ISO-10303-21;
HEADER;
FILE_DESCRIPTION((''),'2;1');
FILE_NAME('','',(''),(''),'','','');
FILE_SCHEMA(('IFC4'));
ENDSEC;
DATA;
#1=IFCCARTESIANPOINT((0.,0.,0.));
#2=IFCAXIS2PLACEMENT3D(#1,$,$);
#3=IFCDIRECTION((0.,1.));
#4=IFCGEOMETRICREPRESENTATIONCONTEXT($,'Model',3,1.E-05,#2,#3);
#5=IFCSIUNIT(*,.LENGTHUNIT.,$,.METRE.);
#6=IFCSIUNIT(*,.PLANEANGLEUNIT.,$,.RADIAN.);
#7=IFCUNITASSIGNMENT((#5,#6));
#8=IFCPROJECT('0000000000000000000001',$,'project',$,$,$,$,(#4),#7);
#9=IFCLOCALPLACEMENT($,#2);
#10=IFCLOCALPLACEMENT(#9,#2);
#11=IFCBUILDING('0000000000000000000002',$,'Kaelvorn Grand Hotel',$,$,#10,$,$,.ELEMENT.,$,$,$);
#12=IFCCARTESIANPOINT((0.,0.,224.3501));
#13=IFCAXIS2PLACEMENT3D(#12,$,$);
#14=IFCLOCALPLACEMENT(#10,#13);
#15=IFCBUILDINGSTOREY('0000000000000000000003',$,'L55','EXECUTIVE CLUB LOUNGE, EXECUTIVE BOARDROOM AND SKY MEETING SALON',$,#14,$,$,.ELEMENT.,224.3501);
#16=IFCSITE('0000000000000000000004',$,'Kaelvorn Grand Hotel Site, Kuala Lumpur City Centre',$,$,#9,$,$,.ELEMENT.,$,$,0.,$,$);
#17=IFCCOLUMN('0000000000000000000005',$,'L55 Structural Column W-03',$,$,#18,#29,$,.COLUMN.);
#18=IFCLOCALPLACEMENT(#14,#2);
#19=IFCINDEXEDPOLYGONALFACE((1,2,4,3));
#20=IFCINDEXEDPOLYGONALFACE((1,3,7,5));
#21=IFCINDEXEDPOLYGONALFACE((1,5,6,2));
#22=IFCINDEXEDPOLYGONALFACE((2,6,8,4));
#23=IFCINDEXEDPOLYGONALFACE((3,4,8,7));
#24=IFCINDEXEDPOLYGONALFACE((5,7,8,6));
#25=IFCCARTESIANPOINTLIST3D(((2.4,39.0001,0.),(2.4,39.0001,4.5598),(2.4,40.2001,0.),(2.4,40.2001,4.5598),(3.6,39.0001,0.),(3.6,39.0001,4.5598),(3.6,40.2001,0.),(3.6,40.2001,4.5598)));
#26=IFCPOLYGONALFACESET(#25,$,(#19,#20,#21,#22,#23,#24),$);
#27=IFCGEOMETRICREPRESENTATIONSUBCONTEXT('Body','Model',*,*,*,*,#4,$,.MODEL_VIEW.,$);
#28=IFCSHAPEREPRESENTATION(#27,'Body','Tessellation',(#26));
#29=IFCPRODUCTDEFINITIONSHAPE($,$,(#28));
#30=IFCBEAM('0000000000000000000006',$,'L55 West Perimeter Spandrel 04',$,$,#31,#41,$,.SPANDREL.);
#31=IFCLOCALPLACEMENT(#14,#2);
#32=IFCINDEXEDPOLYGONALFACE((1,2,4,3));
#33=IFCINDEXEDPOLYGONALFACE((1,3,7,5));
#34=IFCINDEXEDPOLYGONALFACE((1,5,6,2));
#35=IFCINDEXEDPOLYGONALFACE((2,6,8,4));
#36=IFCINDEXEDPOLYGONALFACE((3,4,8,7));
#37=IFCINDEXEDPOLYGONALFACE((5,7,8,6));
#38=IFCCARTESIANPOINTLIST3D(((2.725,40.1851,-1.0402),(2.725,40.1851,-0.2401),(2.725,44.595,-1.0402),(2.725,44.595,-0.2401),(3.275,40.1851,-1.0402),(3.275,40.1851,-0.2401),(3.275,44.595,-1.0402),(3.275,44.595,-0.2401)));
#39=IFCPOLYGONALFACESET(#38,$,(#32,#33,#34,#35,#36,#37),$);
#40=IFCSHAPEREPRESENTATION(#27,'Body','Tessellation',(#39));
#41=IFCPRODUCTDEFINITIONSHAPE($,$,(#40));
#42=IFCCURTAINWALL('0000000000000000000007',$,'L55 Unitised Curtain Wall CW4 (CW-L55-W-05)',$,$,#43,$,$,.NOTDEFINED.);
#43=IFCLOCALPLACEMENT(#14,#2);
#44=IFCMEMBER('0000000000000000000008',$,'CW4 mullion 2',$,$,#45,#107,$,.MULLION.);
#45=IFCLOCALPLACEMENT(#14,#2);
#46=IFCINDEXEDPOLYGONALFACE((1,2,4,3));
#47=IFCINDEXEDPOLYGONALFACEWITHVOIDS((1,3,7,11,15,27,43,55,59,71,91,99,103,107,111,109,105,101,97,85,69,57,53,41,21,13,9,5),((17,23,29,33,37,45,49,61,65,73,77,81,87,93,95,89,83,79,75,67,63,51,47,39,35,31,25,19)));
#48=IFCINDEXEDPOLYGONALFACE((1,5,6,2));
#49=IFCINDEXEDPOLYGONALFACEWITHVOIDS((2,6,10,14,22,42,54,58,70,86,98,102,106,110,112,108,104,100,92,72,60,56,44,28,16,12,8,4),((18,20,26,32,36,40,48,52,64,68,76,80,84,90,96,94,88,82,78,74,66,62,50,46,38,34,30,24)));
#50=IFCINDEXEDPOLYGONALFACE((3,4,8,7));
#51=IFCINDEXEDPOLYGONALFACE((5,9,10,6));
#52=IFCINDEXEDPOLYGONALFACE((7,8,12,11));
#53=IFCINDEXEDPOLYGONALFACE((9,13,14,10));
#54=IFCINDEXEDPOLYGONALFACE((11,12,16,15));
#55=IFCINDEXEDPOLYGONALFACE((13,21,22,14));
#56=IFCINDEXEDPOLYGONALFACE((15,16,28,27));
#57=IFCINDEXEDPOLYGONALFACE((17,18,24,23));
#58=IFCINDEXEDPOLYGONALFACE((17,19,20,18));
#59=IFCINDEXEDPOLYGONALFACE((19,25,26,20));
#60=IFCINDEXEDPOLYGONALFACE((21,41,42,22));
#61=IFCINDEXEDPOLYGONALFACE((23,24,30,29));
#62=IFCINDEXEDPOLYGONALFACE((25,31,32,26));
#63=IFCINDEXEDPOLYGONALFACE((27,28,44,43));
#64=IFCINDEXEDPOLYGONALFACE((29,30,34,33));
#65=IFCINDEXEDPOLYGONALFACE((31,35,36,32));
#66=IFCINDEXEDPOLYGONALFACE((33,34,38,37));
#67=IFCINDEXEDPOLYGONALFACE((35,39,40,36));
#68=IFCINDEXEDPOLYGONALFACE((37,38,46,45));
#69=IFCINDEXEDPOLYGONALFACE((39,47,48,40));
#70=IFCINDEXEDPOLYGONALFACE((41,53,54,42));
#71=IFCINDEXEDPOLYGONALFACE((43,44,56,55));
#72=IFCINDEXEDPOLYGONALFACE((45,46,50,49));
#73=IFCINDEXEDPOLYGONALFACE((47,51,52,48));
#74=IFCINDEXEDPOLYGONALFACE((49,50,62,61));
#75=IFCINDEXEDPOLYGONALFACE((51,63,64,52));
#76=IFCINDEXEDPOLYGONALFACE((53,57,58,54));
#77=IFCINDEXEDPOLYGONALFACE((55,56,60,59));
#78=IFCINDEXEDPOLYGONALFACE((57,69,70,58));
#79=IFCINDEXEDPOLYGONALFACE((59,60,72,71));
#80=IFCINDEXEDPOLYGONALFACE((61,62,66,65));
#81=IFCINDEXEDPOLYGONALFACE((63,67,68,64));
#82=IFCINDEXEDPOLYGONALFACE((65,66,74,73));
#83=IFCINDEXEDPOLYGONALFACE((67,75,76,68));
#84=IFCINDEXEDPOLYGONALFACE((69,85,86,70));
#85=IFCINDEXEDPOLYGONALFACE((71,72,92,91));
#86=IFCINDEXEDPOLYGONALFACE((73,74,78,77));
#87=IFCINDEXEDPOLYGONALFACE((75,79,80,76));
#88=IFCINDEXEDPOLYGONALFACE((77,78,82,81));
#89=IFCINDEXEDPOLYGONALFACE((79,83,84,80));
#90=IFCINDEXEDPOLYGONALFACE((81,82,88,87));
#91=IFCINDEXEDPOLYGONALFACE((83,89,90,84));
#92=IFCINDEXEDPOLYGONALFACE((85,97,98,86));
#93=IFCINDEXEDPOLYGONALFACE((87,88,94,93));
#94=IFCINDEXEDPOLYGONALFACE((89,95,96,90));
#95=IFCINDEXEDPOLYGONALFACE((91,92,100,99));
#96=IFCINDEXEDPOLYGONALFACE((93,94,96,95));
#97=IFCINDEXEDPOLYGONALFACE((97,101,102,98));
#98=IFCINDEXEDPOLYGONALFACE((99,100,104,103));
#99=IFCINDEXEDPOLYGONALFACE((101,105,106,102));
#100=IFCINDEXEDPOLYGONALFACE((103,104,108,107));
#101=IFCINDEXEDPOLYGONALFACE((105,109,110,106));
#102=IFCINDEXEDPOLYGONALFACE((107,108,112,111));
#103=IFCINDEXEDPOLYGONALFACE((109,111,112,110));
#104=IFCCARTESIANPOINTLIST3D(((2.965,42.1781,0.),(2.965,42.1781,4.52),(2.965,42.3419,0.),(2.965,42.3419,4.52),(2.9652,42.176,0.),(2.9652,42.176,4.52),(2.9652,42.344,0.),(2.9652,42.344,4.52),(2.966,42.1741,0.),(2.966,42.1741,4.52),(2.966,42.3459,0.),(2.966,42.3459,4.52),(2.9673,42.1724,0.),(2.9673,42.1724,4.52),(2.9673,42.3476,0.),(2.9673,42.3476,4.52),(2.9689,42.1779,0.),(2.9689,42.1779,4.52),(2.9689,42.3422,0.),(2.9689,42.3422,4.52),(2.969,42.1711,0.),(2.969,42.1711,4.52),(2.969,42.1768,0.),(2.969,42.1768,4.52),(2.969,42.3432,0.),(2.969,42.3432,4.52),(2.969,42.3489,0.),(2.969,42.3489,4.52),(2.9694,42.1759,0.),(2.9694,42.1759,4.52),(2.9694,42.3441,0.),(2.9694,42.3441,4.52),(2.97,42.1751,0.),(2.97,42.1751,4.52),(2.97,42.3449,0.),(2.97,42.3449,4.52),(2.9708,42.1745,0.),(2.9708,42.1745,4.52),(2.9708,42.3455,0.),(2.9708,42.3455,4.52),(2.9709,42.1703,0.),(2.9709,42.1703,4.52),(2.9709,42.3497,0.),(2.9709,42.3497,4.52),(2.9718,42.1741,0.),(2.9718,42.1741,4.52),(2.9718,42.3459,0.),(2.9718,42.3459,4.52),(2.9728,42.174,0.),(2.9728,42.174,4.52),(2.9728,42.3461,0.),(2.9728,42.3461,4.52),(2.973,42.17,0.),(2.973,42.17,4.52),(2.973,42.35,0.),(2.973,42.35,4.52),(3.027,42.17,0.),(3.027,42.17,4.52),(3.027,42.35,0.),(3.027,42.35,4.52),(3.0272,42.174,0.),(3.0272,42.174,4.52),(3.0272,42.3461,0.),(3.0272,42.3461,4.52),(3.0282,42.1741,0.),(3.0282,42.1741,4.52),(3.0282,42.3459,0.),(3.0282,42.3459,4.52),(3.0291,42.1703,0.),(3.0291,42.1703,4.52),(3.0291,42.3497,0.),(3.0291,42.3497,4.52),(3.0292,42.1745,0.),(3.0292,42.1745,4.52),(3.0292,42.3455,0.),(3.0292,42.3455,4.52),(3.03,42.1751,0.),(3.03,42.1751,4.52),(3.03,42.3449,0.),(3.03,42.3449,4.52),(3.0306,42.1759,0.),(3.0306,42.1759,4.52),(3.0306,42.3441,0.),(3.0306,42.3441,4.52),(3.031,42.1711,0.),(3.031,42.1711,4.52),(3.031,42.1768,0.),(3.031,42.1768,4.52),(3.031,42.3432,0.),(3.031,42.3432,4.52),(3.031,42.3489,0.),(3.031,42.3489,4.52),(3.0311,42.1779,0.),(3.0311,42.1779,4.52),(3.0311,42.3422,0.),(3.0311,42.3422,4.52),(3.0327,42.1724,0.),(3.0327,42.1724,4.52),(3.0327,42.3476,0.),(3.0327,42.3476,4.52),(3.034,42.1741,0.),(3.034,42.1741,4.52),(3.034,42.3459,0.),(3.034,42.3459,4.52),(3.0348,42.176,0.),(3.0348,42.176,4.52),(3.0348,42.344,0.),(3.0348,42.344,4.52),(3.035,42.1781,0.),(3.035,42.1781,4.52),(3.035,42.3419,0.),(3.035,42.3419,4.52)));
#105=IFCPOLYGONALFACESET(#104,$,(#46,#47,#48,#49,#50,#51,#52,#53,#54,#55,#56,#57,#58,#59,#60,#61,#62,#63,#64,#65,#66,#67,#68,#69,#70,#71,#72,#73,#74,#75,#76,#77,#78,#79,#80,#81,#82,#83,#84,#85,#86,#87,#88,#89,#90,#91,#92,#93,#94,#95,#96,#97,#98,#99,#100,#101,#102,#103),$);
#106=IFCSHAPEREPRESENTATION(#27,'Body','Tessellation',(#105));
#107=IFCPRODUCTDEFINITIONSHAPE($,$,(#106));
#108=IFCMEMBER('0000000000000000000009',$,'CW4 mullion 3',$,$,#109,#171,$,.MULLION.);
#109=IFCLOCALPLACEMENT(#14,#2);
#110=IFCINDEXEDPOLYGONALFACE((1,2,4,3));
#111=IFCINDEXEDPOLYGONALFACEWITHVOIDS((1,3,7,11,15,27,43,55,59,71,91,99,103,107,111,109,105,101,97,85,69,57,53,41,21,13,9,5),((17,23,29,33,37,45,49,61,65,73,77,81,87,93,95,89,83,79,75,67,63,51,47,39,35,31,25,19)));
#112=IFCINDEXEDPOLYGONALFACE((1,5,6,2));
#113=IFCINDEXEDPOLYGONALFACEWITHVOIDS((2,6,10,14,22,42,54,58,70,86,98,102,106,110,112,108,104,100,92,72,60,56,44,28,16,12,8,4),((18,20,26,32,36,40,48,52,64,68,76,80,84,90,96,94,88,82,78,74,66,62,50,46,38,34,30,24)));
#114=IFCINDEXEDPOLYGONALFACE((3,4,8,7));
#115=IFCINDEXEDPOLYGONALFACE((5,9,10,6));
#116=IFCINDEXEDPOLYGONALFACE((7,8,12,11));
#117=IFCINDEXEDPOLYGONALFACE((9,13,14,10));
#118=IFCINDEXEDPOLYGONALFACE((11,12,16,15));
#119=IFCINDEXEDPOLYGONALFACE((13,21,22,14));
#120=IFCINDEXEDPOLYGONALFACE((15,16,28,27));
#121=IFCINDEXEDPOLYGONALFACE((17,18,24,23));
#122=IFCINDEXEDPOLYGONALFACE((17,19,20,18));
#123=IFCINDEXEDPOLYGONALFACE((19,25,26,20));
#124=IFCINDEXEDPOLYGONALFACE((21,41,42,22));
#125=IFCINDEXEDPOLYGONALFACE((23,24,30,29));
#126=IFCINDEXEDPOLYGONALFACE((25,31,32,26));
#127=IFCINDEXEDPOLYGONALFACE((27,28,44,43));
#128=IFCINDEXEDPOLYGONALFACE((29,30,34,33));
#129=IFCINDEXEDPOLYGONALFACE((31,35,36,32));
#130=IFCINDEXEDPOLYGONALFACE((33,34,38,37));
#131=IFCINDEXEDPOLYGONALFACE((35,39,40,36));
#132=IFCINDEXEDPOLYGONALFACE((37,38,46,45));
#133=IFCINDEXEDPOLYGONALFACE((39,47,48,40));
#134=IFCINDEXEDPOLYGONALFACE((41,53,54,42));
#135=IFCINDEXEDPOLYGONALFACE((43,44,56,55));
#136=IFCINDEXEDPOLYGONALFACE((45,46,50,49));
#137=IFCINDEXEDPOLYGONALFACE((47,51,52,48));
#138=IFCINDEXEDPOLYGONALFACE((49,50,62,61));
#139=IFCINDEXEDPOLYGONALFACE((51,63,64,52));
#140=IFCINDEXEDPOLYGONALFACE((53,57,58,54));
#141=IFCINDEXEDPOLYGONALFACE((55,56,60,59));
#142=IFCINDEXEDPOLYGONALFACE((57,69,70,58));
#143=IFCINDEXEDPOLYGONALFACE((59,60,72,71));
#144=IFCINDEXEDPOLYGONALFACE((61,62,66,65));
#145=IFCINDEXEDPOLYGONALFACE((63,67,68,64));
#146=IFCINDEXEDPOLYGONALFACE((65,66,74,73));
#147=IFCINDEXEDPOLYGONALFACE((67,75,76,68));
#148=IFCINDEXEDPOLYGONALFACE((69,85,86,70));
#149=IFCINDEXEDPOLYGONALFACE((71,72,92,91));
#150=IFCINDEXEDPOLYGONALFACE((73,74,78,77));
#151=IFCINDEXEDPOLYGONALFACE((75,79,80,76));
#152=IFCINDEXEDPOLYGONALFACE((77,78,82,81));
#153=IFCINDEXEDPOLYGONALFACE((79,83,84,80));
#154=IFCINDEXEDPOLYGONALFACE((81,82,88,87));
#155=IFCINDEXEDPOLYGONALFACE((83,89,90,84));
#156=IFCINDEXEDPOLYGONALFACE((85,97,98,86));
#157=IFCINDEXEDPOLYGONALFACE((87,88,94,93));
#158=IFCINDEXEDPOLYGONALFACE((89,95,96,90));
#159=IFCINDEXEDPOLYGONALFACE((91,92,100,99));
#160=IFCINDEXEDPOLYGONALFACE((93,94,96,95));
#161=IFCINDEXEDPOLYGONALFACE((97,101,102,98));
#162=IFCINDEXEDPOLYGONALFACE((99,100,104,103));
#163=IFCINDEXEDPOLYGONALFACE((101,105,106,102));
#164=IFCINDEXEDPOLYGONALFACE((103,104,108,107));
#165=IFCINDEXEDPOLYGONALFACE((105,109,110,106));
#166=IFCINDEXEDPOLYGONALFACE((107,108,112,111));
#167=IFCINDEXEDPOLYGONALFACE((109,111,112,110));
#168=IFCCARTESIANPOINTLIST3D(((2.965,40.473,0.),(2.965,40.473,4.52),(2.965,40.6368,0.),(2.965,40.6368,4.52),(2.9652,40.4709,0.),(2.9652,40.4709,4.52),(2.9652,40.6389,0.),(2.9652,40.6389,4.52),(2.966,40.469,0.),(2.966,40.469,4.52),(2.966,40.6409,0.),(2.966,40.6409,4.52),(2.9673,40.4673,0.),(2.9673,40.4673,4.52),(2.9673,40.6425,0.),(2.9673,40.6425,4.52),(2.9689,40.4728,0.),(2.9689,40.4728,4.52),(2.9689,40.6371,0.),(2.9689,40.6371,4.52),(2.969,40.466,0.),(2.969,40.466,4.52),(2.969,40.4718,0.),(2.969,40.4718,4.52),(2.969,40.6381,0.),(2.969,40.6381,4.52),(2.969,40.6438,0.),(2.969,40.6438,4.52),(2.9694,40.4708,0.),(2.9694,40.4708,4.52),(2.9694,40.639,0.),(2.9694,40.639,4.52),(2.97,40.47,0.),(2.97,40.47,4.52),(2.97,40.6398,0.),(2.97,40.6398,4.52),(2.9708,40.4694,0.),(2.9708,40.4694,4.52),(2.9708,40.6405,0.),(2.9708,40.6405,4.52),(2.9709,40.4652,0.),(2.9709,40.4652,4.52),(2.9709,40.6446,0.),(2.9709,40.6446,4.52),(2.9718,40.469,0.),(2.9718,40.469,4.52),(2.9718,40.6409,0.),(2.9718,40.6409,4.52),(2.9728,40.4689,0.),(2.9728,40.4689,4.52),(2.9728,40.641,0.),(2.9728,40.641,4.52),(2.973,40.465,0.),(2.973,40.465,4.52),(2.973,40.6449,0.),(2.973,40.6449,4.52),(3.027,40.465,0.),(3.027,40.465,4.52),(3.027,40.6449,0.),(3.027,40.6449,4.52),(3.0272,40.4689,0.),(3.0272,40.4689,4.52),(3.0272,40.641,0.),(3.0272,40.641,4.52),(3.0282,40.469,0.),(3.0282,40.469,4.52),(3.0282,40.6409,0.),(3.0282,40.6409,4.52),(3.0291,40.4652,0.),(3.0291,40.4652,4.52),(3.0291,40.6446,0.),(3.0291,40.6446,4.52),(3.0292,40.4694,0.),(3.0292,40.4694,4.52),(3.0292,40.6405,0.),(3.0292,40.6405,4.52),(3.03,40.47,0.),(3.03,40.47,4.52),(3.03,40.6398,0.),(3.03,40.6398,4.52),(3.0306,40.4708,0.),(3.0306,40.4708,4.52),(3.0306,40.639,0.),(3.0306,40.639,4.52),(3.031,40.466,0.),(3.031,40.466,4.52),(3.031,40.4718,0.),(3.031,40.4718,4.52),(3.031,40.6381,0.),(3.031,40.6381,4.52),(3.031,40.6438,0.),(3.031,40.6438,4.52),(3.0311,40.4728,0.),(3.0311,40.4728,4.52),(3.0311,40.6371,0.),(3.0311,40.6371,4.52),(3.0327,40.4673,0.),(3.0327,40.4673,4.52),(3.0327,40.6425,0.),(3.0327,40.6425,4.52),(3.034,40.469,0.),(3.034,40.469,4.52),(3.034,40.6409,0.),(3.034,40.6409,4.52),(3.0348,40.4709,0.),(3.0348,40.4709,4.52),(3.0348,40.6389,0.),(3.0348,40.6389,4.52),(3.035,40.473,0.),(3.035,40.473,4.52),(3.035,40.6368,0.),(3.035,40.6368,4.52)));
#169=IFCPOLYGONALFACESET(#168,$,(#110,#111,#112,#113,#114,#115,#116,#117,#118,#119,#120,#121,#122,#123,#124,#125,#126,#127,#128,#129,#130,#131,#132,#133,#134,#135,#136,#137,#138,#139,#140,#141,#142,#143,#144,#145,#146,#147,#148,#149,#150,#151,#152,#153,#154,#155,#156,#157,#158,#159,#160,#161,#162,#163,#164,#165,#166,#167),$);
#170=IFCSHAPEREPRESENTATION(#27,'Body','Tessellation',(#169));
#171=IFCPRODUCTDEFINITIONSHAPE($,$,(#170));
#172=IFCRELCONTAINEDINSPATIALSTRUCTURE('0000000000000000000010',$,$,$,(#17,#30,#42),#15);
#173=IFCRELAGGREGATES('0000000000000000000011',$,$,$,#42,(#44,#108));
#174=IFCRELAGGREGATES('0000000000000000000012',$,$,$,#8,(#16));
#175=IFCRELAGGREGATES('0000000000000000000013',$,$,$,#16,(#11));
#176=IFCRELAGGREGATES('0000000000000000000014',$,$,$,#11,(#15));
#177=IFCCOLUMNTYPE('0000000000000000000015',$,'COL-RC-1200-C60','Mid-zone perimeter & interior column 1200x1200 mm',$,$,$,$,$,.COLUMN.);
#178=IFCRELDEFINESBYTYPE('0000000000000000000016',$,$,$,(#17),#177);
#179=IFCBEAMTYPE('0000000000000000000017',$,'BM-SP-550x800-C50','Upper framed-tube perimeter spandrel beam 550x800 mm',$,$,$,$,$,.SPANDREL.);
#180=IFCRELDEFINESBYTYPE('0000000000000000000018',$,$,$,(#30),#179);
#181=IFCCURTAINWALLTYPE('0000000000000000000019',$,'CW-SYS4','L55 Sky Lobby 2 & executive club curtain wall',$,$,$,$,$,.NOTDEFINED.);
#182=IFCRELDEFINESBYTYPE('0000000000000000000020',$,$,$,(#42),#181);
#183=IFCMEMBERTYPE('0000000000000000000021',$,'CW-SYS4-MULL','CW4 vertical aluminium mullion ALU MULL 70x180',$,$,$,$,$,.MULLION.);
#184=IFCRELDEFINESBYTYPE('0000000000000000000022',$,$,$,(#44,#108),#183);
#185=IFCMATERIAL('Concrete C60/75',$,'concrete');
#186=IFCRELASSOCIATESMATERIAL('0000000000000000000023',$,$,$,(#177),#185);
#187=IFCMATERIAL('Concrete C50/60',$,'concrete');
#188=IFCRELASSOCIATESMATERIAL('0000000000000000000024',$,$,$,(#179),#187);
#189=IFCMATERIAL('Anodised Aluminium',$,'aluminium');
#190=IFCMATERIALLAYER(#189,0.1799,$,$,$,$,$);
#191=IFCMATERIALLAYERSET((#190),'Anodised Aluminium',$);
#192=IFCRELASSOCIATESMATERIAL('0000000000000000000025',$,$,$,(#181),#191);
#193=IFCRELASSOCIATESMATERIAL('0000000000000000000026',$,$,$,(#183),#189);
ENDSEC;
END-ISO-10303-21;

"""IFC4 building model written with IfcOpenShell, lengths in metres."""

from ifc_helpers import new_model, si_unit, direction, frame, origin, origin_2d, place, context, subcontext, project, spatial, rectangle, hollow_rectangle, extrude, material, layer, layer_set, material_profile, profile_set, type_object, element, aggregate, save


model = new_model("IFC4")

# Units and contexts
model_context = context("Model", 3, precision=1e-05, world=origin(), true_north=direction((0.0, 1.0)))
body_context = subcontext(model_context, "Body", "Model", "MODEL_VIEW")
ifc_project = project(units=[si_unit("LENGTHUNIT", "METRE"), si_unit("PLANEANGLEUNIT", "RADIAN")], contexts=[model_context])

# Site, building, storey
site_placement = place(None, origin())
site = spatial("IfcSite", under=ifc_project, at=site_placement, Name="Kaelvorn Grand Hotel Site, Kuala Lumpur City Centre", CompositionType="ELEMENT", RefElevation=0.0)
building_placement = place(site_placement, origin())
building = spatial("IfcBuilding", under=site, at=building_placement, Name="Kaelvorn Grand Hotel", CompositionType="ELEMENT")
storey_placement = place(building_placement, frame((0.0, 0.0, 224.3501)))
storey = spatial("IfcBuildingStorey", under=building, at=storey_placement, Name="L55", Description="EXECUTIVE CLUB LOUNGE, EXECUTIVE BOARDROOM AND SKY MEETING SALON", CompositionType="ELEMENT", Elevation=224.3501)

# Column
ifc_material_1 = material(Name="Concrete C60/75", Category="concrete")
ifc_material_profile_1 = material_profile(ifc_material_1, rectangle(XDim=1.2, YDim=1.2, at=origin_2d()), Name="RC COL 1200x1200")
ifc_profile_set_1 = profile_set([ifc_material_profile_1], Name="Concrete C60/75")
column_type = type_object("IfcColumnType", Name="COL-RC-1200-C60", Description="Mid-zone perimeter & interior column 1200x1200 mm", PredefinedType="COLUMN", material=ifc_profile_set_1)
column_placement = place(storey_placement, frame((3.0, 39.6001, 0.0), z_axis=(0.0, 0.0, 1.0), x_axis=(1.0, 0.0, 0.0)))
element("IfcColumn", 1, at=column_placement, inside=storey, type_object=column_type, Name="L55 Structural Column W-03", PredefinedType="COLUMN", context=body_context, shape_type="SweptSolid", body=[
    extrude(rectangle(XDim=1.2, YDim=1.2, at=origin_2d()), origin(), (0.0, 0.0, 1.0), 4.5598),
])

# Beam
ifc_material_2 = material(Name="Concrete C50/60", Category="concrete")
ifc_material_profile_2 = material_profile(ifc_material_2, rectangle(XDim=0.55, YDim=0.8, at=origin_2d()), Name="RC SPANDREL 550x800")
ifc_profile_set_2 = profile_set([ifc_material_profile_2], Name="Concrete C50/60")
beam_type = type_object("IfcBeamType", Name="BM-SP-550x800-C50", Description="Upper framed-tube perimeter spandrel beam 550x800 mm", PredefinedType="SPANDREL", material=ifc_profile_set_2)
beam_placement = place(storey_placement, frame((3.0, 40.1851, -0.6401), z_axis=(0.0, 1.0, 0.0), x_axis=(-1.0, 0.0, 0.0)))
element("IfcBeam", 2, at=beam_placement, inside=storey, type_object=beam_type, Name="L55 West Perimeter Spandrel 04", PredefinedType="SPANDREL", context=body_context, shape_type="SweptSolid", body=[
    extrude(rectangle(XDim=0.55, YDim=0.8, at=origin_2d()), origin(), (0.0, 0.0, 1.0), 4.4099),
])

# Curtain wall, members
ifc_material_3 = material(Name="Anodised Aluminium", Category="aluminium")
ifc_layer_1 = layer(ifc_material_3, 0.1799)
ifc_layer_set_1 = layer_set([ifc_layer_1], Name="Anodised Aluminium")
curtain_wall_type = type_object("IfcCurtainWallType", Name="CW-SYS4", Description="L55 Sky Lobby 2 & executive club curtain wall", PredefinedType="NOTDEFINED", material=ifc_layer_set_1)
curtain_wall_1_placement = place(storey_placement, origin())
curtain_wall_1 = element("IfcCurtainWall", 3, at=curtain_wall_1_placement, inside=storey, type_object=curtain_wall_type, Name="L55 Unitised Curtain Wall CW4 (CW-L55-W-05)", PredefinedType="NOTDEFINED")
ifc_material_profile_3 = material_profile(ifc_material_3, hollow_rectangle(XDim=0.0701, YDim=0.1799, WallThickness=0.0039, InnerFilletRadius=0.0039, OuterFilletRadius=0.0081, at=origin_2d()), Name="ALU MULL 70x180")
ifc_profile_set_3 = profile_set([ifc_material_profile_3], Name="Anodised Aluminium")
member_type_1 = type_object("IfcMemberType", Name="CW-SYS4-MULL", Description="CW4 vertical aluminium mullion ALU MULL 70x180", PredefinedType="MULLION", material=ifc_profile_set_3)
member_1_placement = place(storey_placement, frame((3.0, 42.26, 0.0), z_axis=(0.0, 0.0, 1.0), x_axis=(1.0, 0.0, 0.0)))
member_1 = element("IfcMember", 4, at=member_1_placement, type_object=member_type_1, Name="CW4 mullion 2", PredefinedType="MULLION", context=body_context, shape_type="SweptSolid", body=[
    extrude(hollow_rectangle(XDim=0.0701, YDim=0.1799, WallThickness=0.0039, InnerFilletRadius=0.0039, OuterFilletRadius=0.0081, at=origin_2d()), origin(), (0.0, 0.0, 1.0), 4.52),
])
member_2_placement = place(storey_placement, frame((3.0, 40.5549, 0.0), z_axis=(0.0, 0.0, 1.0), x_axis=(1.0, 0.0, 0.0)))
member_2 = element("IfcMember", 5, at=member_2_placement, type_object=member_type_1, Name="CW4 mullion 3", PredefinedType="MULLION", context=body_context, shape_type="SweptSolid", body=[
    extrude(hollow_rectangle(XDim=0.0701, YDim=0.1799, WallThickness=0.0039, InnerFilletRadius=0.0039, OuterFilletRadius=0.0081, at=origin_2d()), origin(), (0.0, 0.0, 1.0), 4.52),
])

aggregate(curtain_wall_1, [member_1, member_2])

save(model, "model.ifc")
